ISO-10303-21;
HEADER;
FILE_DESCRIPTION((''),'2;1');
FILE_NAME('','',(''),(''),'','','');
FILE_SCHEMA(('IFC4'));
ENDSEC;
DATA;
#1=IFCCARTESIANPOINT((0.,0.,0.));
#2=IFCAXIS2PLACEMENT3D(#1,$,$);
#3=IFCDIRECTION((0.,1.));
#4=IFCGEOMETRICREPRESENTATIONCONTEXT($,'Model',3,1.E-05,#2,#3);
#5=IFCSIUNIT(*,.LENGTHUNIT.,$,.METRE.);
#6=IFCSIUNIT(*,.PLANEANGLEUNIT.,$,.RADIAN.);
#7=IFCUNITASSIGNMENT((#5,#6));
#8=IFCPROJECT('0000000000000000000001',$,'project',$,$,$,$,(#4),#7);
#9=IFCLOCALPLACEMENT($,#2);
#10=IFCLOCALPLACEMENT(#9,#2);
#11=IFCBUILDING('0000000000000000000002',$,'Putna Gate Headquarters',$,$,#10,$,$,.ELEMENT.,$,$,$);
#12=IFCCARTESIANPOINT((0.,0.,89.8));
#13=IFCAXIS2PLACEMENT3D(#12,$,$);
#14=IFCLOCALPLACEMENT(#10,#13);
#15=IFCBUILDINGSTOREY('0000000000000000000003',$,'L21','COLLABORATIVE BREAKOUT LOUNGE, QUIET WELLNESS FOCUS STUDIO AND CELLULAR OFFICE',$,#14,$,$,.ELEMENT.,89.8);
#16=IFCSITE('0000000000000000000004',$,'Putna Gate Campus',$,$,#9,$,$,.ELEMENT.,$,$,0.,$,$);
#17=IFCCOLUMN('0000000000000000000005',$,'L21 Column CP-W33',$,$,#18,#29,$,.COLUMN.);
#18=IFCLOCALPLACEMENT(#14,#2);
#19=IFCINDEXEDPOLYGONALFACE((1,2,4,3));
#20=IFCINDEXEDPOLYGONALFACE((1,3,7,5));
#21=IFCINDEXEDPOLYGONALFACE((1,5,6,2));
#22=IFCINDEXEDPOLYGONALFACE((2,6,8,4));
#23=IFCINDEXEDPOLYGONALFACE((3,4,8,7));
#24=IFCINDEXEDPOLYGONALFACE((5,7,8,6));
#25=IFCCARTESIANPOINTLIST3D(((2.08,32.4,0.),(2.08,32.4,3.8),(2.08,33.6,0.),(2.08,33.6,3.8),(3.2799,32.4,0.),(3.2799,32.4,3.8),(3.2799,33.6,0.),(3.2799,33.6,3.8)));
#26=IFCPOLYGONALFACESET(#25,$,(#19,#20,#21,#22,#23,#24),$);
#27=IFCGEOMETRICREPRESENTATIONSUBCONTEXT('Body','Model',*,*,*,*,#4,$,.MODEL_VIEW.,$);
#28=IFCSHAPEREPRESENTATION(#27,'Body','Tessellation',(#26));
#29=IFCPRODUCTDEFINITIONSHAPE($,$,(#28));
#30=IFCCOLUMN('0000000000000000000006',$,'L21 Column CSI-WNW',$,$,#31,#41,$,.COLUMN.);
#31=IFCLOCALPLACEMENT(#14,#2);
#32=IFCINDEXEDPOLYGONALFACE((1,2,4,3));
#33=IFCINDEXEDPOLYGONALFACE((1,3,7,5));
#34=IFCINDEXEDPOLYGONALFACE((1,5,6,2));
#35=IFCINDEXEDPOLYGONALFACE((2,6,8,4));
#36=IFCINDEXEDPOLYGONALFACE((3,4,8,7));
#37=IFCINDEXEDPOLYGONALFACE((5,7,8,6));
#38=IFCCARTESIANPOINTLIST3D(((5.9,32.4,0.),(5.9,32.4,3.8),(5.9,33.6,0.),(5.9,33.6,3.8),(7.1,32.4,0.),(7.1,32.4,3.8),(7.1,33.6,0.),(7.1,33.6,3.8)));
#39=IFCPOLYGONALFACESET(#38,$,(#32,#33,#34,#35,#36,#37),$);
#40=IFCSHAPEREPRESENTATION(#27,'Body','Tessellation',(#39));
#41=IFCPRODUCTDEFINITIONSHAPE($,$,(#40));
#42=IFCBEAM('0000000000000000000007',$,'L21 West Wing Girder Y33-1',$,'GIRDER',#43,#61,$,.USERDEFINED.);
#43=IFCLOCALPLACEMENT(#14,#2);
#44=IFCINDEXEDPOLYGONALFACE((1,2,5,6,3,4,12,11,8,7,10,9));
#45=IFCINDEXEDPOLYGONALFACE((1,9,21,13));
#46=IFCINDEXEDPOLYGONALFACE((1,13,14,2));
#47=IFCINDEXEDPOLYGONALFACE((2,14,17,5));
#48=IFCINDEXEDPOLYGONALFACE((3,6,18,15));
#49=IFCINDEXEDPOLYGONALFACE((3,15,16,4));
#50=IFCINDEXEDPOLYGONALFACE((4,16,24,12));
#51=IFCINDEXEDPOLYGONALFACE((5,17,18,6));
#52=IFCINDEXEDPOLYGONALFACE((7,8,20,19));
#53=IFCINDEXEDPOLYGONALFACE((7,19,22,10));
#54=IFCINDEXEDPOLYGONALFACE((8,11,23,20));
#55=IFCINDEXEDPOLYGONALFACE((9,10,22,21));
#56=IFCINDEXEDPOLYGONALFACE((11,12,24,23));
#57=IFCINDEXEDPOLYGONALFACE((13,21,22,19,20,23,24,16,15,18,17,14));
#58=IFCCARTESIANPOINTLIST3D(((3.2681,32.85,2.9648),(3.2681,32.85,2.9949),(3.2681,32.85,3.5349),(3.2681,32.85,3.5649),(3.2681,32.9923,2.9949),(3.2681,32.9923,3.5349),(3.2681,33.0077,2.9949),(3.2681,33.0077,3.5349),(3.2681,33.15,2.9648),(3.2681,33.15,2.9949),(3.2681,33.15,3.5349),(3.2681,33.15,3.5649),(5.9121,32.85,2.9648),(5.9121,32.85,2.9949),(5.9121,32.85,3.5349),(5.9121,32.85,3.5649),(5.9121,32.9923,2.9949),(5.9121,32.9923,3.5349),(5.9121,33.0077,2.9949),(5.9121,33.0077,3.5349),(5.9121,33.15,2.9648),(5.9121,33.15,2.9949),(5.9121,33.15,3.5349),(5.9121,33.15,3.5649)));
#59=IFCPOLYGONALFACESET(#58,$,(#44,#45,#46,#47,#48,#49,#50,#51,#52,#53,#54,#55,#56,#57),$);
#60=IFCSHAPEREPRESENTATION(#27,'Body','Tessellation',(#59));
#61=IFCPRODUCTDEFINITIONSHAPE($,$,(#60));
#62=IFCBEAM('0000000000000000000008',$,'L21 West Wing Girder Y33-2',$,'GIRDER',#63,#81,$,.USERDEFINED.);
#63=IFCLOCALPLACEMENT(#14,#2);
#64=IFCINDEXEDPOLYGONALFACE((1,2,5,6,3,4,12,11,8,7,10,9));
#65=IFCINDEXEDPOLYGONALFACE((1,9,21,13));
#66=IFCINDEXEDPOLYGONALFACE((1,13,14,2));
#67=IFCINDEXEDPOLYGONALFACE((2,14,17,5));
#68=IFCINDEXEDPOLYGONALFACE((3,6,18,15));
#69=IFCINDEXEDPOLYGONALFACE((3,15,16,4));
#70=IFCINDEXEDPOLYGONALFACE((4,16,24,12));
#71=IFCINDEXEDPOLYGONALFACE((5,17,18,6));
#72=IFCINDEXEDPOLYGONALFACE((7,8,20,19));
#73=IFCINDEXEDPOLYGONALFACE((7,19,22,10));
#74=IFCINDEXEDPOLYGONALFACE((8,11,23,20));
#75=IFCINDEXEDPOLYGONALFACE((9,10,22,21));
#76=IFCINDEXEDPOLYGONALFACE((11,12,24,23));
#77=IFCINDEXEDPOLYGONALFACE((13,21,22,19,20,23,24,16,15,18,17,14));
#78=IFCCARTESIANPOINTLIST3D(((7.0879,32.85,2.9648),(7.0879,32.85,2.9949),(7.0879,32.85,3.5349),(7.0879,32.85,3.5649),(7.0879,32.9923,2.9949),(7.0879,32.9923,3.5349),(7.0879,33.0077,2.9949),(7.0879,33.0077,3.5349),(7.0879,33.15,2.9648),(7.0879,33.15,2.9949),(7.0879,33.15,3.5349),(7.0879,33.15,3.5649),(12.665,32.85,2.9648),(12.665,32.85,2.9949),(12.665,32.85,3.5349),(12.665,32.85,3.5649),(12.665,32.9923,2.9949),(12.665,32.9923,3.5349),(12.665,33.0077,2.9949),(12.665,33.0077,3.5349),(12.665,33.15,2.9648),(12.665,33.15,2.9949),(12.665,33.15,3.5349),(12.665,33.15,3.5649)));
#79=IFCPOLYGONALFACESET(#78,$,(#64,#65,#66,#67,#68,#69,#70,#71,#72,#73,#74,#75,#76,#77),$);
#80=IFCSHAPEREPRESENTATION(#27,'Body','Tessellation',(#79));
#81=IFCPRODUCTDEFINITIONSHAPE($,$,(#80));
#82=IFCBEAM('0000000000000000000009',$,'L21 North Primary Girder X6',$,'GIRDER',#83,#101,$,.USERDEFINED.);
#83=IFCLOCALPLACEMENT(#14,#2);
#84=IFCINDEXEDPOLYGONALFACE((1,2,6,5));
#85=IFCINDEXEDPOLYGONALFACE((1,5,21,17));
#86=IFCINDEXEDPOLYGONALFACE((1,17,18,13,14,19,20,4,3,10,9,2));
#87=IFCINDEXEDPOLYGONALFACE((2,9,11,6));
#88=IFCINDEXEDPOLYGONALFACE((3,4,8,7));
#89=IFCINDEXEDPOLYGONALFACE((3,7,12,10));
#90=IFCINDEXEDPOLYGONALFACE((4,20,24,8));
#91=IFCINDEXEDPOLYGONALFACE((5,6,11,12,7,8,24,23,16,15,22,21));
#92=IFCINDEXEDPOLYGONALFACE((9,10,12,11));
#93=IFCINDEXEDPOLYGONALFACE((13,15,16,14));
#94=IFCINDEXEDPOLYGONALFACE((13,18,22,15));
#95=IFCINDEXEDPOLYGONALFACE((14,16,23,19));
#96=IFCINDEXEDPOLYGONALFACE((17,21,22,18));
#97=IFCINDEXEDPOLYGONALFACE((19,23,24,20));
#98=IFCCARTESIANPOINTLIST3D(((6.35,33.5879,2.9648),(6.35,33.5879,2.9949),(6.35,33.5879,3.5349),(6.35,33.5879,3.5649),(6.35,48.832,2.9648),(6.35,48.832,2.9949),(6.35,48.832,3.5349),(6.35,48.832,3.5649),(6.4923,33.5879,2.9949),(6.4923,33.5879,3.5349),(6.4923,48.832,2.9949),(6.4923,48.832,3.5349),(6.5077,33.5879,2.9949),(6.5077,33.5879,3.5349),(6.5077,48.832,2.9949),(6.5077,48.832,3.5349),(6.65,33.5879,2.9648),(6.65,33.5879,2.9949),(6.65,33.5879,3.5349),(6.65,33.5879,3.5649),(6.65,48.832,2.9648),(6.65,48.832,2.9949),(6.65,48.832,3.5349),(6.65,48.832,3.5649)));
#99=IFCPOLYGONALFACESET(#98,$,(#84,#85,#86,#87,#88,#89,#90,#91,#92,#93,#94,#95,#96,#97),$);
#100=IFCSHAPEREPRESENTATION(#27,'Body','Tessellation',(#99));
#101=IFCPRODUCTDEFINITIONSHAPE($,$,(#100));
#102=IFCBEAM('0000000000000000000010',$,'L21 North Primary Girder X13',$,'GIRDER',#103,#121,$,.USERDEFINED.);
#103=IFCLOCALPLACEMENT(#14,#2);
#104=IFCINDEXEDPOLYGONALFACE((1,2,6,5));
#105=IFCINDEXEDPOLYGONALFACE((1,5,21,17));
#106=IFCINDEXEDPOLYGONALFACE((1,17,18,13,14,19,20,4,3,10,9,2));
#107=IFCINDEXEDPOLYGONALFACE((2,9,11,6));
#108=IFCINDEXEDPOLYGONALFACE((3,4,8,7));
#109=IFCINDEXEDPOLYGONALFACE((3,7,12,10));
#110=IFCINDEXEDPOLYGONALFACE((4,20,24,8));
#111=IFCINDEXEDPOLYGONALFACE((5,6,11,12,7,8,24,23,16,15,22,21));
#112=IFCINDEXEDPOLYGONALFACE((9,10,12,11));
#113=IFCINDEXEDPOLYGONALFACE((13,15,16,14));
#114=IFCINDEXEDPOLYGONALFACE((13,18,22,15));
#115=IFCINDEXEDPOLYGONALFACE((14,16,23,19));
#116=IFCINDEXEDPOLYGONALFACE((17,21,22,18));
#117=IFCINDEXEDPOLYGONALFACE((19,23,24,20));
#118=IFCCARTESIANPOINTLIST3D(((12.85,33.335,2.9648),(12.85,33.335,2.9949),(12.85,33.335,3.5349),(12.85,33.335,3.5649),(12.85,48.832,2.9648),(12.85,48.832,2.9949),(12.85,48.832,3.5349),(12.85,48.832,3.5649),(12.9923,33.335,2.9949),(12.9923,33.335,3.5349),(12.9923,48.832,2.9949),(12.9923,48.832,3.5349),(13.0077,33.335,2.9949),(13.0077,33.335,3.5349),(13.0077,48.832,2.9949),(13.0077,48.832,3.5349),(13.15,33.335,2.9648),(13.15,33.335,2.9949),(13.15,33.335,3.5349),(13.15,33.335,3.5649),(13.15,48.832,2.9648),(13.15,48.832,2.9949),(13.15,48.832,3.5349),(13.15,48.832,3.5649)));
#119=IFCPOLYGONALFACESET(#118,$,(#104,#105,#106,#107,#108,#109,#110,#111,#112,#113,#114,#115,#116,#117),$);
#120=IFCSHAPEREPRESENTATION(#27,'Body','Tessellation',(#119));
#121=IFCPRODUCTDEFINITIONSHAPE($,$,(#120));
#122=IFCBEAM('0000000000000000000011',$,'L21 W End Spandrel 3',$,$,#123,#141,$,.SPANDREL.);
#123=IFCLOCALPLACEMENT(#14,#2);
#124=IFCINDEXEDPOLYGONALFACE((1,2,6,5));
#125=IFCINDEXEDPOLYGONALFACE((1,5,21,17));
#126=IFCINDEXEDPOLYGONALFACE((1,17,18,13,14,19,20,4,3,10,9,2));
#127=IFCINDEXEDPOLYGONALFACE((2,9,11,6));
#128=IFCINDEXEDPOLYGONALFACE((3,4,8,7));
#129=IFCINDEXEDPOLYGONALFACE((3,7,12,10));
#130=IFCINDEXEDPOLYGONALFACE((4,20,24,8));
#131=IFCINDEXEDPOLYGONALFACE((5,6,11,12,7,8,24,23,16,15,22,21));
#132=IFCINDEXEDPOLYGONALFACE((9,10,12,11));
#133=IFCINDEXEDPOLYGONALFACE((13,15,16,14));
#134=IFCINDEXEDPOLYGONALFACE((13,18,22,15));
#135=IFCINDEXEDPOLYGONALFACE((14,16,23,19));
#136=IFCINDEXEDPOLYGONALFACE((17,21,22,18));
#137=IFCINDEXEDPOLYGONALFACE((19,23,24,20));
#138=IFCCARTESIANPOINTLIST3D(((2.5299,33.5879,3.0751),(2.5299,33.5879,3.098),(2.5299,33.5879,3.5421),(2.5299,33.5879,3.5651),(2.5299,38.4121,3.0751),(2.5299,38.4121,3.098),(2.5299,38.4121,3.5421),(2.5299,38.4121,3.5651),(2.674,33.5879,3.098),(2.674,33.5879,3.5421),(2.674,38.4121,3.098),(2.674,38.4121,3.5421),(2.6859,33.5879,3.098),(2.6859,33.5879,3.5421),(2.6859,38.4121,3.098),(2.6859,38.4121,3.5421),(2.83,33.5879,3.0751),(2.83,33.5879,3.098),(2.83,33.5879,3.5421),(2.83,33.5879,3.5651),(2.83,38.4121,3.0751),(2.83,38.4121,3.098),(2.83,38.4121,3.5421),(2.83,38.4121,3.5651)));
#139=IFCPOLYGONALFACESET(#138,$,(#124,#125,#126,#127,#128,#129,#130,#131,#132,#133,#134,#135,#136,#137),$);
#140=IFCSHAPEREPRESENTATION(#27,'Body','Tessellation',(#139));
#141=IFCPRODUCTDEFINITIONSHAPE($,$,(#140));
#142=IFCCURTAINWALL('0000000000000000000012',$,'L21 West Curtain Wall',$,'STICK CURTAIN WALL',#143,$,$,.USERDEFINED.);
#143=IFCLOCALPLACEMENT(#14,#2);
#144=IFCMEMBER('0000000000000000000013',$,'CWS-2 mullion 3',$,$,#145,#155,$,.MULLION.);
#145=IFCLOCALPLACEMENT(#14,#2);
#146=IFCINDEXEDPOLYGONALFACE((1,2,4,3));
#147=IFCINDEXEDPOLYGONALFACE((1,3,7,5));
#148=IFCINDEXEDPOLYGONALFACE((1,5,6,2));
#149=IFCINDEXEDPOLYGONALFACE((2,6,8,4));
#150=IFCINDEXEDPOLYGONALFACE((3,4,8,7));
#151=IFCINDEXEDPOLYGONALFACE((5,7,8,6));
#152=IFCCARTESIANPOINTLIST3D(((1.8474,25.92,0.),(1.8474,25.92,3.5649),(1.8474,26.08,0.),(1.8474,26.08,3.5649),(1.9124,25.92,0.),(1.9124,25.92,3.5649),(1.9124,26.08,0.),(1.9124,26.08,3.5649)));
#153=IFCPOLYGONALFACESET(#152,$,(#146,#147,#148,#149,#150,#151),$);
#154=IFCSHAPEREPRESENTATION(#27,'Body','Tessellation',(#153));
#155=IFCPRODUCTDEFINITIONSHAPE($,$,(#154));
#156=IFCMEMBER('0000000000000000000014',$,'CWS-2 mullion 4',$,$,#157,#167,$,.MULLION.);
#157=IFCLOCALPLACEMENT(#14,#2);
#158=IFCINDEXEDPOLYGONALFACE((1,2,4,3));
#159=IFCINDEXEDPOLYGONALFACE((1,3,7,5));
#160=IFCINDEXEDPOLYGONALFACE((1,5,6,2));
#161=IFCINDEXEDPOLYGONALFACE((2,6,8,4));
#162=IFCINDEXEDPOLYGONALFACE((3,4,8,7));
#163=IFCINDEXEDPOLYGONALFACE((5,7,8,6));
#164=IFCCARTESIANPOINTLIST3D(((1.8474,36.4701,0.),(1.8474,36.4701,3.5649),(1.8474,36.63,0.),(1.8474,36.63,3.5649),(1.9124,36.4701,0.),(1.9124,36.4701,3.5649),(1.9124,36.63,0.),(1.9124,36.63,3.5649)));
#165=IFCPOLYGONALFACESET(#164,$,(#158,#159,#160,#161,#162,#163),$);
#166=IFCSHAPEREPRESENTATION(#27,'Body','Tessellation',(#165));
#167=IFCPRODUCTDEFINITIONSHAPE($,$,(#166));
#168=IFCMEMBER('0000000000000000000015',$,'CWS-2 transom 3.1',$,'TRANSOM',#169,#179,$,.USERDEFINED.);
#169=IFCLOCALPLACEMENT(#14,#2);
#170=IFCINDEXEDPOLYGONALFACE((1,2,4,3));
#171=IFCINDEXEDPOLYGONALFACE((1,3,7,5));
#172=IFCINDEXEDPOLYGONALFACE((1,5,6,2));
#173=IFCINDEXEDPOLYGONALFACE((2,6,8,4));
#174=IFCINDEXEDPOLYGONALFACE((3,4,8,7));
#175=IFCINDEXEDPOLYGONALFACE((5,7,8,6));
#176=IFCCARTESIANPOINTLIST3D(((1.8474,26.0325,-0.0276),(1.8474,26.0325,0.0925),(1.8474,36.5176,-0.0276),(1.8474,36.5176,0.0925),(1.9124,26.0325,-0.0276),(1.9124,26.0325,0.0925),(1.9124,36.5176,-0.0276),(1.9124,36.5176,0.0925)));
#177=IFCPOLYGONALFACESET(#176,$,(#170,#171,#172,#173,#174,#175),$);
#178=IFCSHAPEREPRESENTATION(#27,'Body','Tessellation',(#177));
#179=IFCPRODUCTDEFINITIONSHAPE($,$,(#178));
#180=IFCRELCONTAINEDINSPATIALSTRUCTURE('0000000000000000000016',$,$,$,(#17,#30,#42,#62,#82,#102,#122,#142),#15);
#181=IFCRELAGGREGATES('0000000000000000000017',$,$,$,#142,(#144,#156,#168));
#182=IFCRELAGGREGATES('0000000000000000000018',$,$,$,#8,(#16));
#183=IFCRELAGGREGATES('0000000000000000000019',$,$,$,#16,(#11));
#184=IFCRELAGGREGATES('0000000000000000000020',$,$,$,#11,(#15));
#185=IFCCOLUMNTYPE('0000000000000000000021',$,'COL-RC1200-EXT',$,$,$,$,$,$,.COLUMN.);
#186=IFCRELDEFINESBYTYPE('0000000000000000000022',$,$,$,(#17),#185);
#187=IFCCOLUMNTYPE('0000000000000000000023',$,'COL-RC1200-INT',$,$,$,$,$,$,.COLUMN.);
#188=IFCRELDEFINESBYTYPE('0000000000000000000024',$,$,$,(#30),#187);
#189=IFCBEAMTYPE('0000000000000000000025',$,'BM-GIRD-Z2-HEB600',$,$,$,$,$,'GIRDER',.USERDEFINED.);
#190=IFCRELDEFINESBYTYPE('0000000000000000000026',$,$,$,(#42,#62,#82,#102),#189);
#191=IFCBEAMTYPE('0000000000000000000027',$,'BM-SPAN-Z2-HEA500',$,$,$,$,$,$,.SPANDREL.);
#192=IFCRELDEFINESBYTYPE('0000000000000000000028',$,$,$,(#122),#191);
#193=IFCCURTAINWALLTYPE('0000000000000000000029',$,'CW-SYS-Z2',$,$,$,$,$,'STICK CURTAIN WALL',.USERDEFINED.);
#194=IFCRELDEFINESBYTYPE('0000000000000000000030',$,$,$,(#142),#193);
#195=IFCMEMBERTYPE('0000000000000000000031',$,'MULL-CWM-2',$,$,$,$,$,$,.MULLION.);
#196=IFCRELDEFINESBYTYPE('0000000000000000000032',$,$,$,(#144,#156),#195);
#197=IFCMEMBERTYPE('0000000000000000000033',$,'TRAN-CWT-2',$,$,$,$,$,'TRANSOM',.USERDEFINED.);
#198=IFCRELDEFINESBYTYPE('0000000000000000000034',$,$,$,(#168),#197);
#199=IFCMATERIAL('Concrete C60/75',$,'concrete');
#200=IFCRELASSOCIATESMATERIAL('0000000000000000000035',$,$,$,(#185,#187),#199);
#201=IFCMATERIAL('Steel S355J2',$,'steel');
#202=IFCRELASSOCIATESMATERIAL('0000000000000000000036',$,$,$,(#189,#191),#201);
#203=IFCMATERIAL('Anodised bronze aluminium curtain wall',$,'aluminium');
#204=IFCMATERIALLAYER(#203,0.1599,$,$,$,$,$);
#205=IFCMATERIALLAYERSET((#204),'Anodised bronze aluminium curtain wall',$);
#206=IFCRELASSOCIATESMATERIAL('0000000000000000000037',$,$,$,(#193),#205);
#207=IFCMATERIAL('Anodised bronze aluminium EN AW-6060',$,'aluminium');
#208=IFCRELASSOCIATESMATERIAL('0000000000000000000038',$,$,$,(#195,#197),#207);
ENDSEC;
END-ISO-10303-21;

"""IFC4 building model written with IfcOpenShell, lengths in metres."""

from ifc_helpers import new_model, si_unit, direction, frame, origin, origin_2d, place, context, subcontext, project, spatial, rectangle, i_section, extrude, material, layer, layer_set, material_profile, profile_set, type_object, element, aggregate, save


model = new_model("IFC4")

# Units and contexts
model_context = context("Model", 3, precision=1e-05, world=origin(), true_north=direction((0.0, 1.0)))
body_context = subcontext(model_context, "Body", "Model", "MODEL_VIEW")
ifc_project = project(units=[si_unit("LENGTHUNIT", "METRE"), si_unit("PLANEANGLEUNIT", "RADIAN")], contexts=[model_context])

# Site, building, storey
site_placement = place(None, origin())
site = spatial("IfcSite", under=ifc_project, at=site_placement, Name="Putna Gate Campus", CompositionType="ELEMENT", RefElevation=0.0)
building_placement = place(site_placement, origin())
building = spatial("IfcBuilding", under=site, at=building_placement, Name="Putna Gate Headquarters", CompositionType="ELEMENT")
storey_placement = place(building_placement, frame((0.0, 0.0, 89.8)))
storey = spatial("IfcBuildingStorey", under=building, at=storey_placement, Name="L21", Description="COLLABORATIVE BREAKOUT LOUNGE, QUIET WELLNESS FOCUS STUDIO AND CELLULAR OFFICE", CompositionType="ELEMENT", Elevation=89.8)

# Columns
ifc_material_1 = material(Name="Concrete C60/75", Category="concrete")
ifc_material_profile_1 = material_profile(ifc_material_1, rectangle(XDim=1.2, YDim=1.2, at=origin_2d()), Name="Concrete C60/75")
ifc_profile_set_1 = profile_set([ifc_material_profile_1], Name="Concrete C60/75")
column_type_1 = type_object("IfcColumnType", Name="COL-RC1200-EXT", PredefinedType="COLUMN", material=ifc_profile_set_1)
column_1_placement = place(storey_placement, frame((2.6799, 33.0, 0.0), z_axis=(0.0, 0.0, 1.0), x_axis=(1.0, 0.0, 0.0)))
element("IfcColumn", 1, at=column_1_placement, inside=storey, type_object=column_type_1, Name="L21 Column CP-W33", PredefinedType="COLUMN", context=body_context, shape_type="SweptSolid", body=[
    extrude(rectangle(XDim=1.2, YDim=1.2, at=origin_2d()), origin(), (0.0, 0.0, 1.0), 3.8),
])
ifc_material_profile_2 = material_profile(ifc_material_1, rectangle(XDim=1.2, YDim=1.2, at=origin_2d()), Name="Concrete C60/75")
ifc_profile_set_2 = profile_set([ifc_material_profile_2], Name="Concrete C60/75")
column_type_2 = type_object("IfcColumnType", Name="COL-RC1200-INT", PredefinedType="COLUMN", material=ifc_profile_set_2)
column_2_placement = place(storey_placement, frame((6.5, 33.0, 0.0), z_axis=(0.0, 0.0, 1.0), x_axis=(1.0, 0.0, 0.0)))
element("IfcColumn", 2, at=column_2_placement, inside=storey, type_object=column_type_2, Name="L21 Column CSI-WNW", PredefinedType="COLUMN", context=body_context, shape_type="SweptSolid", body=[
    extrude(rectangle(XDim=1.2, YDim=1.2, at=origin_2d()), origin(), (0.0, 0.0, 1.0), 3.8),
])

# Beams
ifc_material_2 = material(Name="Steel S355J2", Category="steel")
ifc_material_profile_3 = material_profile(ifc_material_2, i_section(OverallWidth=0.3, OverallDepth=0.6001, WebThickness=0.0154, FlangeThickness=0.03, at=origin_2d()), Name="Steel S355J2")
ifc_profile_set_3 = profile_set([ifc_material_profile_3], Name="Steel S355J2")
beam_type_1 = type_object("IfcBeamType", Name="BM-GIRD-Z2-HEB600", ElementType="GIRDER", PredefinedType="USERDEFINED", material=ifc_profile_set_3)
beam_1_placement = place(storey_placement, frame((3.2681, 33.0, 3.2649), z_axis=(1.0, 0.0, 0.0), x_axis=(0.0, 1.0, 0.0)))
element("IfcBeam", 3, at=beam_1_placement, inside=storey, type_object=beam_type_1, Name="L21 West Wing Girder Y33-1", ObjectType="GIRDER", PredefinedType="USERDEFINED", context=body_context, shape_type="SweptSolid", body=[
    extrude(i_section(OverallWidth=0.3, OverallDepth=0.6001, WebThickness=0.0154, FlangeThickness=0.03, at=origin_2d()), origin(), (0.0, 0.0, 1.0), 2.644),
])
beam_2_placement = place(storey_placement, frame((7.0879, 33.0, 3.2649), z_axis=(1.0, 0.0, 0.0), x_axis=(0.0, 1.0, 0.0)))
element("IfcBeam", 4, at=beam_2_placement, inside=storey, type_object=beam_type_1, Name="L21 West Wing Girder Y33-2", ObjectType="GIRDER", PredefinedType="USERDEFINED", context=body_context, shape_type="SweptSolid", body=[
    extrude(i_section(OverallWidth=0.3, OverallDepth=0.6001, WebThickness=0.0154, FlangeThickness=0.03, at=origin_2d()), origin(), (0.0, 0.0, 1.0), 5.5771),
])
beam_3_placement = place(storey_placement, frame((6.5, 33.5879, 3.2649), z_axis=(0.0, 1.0, 0.0), x_axis=(-1.0, 0.0, 0.0)))
element("IfcBeam", 5, at=beam_3_placement, inside=storey, type_object=beam_type_1, Name="L21 North Primary Girder X6", ObjectType="GIRDER", PredefinedType="USERDEFINED", context=body_context, shape_type="SweptSolid", body=[
    extrude(i_section(OverallWidth=0.3, OverallDepth=0.6001, WebThickness=0.0154, FlangeThickness=0.03, at=origin_2d()), origin(), (0.0, 0.0, 1.0), 15.2441),
])
beam_4_placement = place(storey_placement, frame((13.0, 33.335, 3.2649), z_axis=(0.0, 1.0, 0.0), x_axis=(-1.0, 0.0, 0.0)))
element("IfcBeam", 6, at=beam_4_placement, inside=storey, type_object=beam_type_1, Name="L21 North Primary Girder X13", ObjectType="GIRDER", PredefinedType="USERDEFINED", context=body_context, shape_type="SweptSolid", body=[
    extrude(i_section(OverallWidth=0.3, OverallDepth=0.6001, WebThickness=0.0154, FlangeThickness=0.03, at=origin_2d()), origin(), (0.0, 0.0, 1.0), 15.4971),
])
ifc_material_profile_4 = material_profile(ifc_material_2, i_section(OverallWidth=0.3, OverallDepth=0.49, WebThickness=0.012, FlangeThickness=0.0229, at=origin_2d()), Name="Steel S355J2")
ifc_profile_set_4 = profile_set([ifc_material_profile_4], Name="Steel S355J2")
beam_type_2 = type_object("IfcBeamType", Name="BM-SPAN-Z2-HEA500", PredefinedType="SPANDREL", material=ifc_profile_set_4)
beam_5_placement = place(storey_placement, frame((2.6799, 33.5879, 3.3201), z_axis=(0.0, 1.0, 0.0), x_axis=(-1.0, 0.0, 0.0)))
element("IfcBeam", 7, at=beam_5_placement, inside=storey, type_object=beam_type_2, Name="L21 W End Spandrel 3", PredefinedType="SPANDREL", context=body_context, shape_type="SweptSolid", body=[
    extrude(i_section(OverallWidth=0.3, OverallDepth=0.49, WebThickness=0.012, FlangeThickness=0.0229, at=origin_2d()), origin(), (0.0, 0.0, 1.0), 4.8242),
])

# Curtain wall, members
ifc_material_3 = material(Name="Anodised bronze aluminium curtain wall", Category="aluminium")
ifc_layer_1 = layer(ifc_material_3, 0.1599)
ifc_layer_set_1 = layer_set([ifc_layer_1], Name="Anodised bronze aluminium curtain wall")
curtain_wall_type = type_object("IfcCurtainWallType", Name="CW-SYS-Z2", ElementType="STICK CURTAIN WALL", PredefinedType="USERDEFINED", material=ifc_layer_set_1)
curtain_wall_placement = place(storey_placement, origin())
curtain_wall = element("IfcCurtainWall", 8, at=curtain_wall_placement, inside=storey, type_object=curtain_wall_type, Name="L21 West Curtain Wall", ObjectType="STICK CURTAIN WALL", PredefinedType="USERDEFINED")
ifc_material_4 = material(Name="Anodised bronze aluminium EN AW-6060", Category="aluminium")
ifc_material_profile_5 = material_profile(ifc_material_4, rectangle(XDim=0.0649, YDim=0.1599, at=origin_2d()), Name="Anodised bronze aluminium EN AW-6060")
ifc_profile_set_5 = profile_set([ifc_material_profile_5], Name="Anodised bronze aluminium EN AW-6060")
member_type_1 = type_object("IfcMemberType", Name="MULL-CWM-2", PredefinedType="MULLION", material=ifc_profile_set_5)
member_1_placement = place(storey_placement, frame((1.8799, 26.0, 0.0), z_axis=(0.0, 0.0, 1.0), x_axis=(-1.0, 0.0, 0.0)))
member_1 = element("IfcMember", 9, at=member_1_placement, type_object=member_type_1, Name="CWS-2 mullion 3", PredefinedType="MULLION", context=body_context, shape_type="SweptSolid", body=[
    extrude(rectangle(XDim=0.0649, YDim=0.1599, at=origin_2d()), origin(), (0.0, 0.0, 1.0), 3.5649),
])
member_2_placement = place(storey_placement, frame((1.8799, 36.55, 0.0), z_axis=(0.0, 0.0, 1.0), x_axis=(-1.0, 0.0, 0.0)))
member_2 = element("IfcMember", 10, at=member_2_placement, type_object=member_type_1, Name="CWS-2 mullion 4", PredefinedType="MULLION", context=body_context, shape_type="SweptSolid", body=[
    extrude(rectangle(XDim=0.0649, YDim=0.1599, at=origin_2d()), origin(), (0.0, 0.0, 1.0), 3.5649),
])
ifc_material_profile_6 = material_profile(ifc_material_4, rectangle(XDim=0.0649, YDim=0.1201, at=origin_2d()), Name="Anodised bronze aluminium EN AW-6060")
ifc_profile_set_6 = profile_set([ifc_material_profile_6], Name="Anodised bronze aluminium EN AW-6060")
member_type_2 = type_object("IfcMemberType", Name="TRAN-CWT-2", ElementType="TRANSOM", PredefinedType="USERDEFINED", material=ifc_profile_set_6)
member_3_placement = place(storey_placement, frame((1.8799, 26.0325, 0.0325), z_axis=(0.0, 1.0, 0.0), x_axis=(-1.0, 0.0, 0.0)))
member_3 = element("IfcMember", 11, at=member_3_placement, type_object=member_type_2, Name="CWS-2 transom 3.1", ObjectType="TRANSOM", PredefinedType="USERDEFINED", context=body_context, shape_type="SweptSolid", body=[
    extrude(rectangle(XDim=0.0649, YDim=0.1201, at=origin_2d()), origin(), (0.0, 0.0, 1.0), 10.4851),
])
aggregate(curtain_wall, [member_1, member_2, member_3])

save(model, "model.ifc")
